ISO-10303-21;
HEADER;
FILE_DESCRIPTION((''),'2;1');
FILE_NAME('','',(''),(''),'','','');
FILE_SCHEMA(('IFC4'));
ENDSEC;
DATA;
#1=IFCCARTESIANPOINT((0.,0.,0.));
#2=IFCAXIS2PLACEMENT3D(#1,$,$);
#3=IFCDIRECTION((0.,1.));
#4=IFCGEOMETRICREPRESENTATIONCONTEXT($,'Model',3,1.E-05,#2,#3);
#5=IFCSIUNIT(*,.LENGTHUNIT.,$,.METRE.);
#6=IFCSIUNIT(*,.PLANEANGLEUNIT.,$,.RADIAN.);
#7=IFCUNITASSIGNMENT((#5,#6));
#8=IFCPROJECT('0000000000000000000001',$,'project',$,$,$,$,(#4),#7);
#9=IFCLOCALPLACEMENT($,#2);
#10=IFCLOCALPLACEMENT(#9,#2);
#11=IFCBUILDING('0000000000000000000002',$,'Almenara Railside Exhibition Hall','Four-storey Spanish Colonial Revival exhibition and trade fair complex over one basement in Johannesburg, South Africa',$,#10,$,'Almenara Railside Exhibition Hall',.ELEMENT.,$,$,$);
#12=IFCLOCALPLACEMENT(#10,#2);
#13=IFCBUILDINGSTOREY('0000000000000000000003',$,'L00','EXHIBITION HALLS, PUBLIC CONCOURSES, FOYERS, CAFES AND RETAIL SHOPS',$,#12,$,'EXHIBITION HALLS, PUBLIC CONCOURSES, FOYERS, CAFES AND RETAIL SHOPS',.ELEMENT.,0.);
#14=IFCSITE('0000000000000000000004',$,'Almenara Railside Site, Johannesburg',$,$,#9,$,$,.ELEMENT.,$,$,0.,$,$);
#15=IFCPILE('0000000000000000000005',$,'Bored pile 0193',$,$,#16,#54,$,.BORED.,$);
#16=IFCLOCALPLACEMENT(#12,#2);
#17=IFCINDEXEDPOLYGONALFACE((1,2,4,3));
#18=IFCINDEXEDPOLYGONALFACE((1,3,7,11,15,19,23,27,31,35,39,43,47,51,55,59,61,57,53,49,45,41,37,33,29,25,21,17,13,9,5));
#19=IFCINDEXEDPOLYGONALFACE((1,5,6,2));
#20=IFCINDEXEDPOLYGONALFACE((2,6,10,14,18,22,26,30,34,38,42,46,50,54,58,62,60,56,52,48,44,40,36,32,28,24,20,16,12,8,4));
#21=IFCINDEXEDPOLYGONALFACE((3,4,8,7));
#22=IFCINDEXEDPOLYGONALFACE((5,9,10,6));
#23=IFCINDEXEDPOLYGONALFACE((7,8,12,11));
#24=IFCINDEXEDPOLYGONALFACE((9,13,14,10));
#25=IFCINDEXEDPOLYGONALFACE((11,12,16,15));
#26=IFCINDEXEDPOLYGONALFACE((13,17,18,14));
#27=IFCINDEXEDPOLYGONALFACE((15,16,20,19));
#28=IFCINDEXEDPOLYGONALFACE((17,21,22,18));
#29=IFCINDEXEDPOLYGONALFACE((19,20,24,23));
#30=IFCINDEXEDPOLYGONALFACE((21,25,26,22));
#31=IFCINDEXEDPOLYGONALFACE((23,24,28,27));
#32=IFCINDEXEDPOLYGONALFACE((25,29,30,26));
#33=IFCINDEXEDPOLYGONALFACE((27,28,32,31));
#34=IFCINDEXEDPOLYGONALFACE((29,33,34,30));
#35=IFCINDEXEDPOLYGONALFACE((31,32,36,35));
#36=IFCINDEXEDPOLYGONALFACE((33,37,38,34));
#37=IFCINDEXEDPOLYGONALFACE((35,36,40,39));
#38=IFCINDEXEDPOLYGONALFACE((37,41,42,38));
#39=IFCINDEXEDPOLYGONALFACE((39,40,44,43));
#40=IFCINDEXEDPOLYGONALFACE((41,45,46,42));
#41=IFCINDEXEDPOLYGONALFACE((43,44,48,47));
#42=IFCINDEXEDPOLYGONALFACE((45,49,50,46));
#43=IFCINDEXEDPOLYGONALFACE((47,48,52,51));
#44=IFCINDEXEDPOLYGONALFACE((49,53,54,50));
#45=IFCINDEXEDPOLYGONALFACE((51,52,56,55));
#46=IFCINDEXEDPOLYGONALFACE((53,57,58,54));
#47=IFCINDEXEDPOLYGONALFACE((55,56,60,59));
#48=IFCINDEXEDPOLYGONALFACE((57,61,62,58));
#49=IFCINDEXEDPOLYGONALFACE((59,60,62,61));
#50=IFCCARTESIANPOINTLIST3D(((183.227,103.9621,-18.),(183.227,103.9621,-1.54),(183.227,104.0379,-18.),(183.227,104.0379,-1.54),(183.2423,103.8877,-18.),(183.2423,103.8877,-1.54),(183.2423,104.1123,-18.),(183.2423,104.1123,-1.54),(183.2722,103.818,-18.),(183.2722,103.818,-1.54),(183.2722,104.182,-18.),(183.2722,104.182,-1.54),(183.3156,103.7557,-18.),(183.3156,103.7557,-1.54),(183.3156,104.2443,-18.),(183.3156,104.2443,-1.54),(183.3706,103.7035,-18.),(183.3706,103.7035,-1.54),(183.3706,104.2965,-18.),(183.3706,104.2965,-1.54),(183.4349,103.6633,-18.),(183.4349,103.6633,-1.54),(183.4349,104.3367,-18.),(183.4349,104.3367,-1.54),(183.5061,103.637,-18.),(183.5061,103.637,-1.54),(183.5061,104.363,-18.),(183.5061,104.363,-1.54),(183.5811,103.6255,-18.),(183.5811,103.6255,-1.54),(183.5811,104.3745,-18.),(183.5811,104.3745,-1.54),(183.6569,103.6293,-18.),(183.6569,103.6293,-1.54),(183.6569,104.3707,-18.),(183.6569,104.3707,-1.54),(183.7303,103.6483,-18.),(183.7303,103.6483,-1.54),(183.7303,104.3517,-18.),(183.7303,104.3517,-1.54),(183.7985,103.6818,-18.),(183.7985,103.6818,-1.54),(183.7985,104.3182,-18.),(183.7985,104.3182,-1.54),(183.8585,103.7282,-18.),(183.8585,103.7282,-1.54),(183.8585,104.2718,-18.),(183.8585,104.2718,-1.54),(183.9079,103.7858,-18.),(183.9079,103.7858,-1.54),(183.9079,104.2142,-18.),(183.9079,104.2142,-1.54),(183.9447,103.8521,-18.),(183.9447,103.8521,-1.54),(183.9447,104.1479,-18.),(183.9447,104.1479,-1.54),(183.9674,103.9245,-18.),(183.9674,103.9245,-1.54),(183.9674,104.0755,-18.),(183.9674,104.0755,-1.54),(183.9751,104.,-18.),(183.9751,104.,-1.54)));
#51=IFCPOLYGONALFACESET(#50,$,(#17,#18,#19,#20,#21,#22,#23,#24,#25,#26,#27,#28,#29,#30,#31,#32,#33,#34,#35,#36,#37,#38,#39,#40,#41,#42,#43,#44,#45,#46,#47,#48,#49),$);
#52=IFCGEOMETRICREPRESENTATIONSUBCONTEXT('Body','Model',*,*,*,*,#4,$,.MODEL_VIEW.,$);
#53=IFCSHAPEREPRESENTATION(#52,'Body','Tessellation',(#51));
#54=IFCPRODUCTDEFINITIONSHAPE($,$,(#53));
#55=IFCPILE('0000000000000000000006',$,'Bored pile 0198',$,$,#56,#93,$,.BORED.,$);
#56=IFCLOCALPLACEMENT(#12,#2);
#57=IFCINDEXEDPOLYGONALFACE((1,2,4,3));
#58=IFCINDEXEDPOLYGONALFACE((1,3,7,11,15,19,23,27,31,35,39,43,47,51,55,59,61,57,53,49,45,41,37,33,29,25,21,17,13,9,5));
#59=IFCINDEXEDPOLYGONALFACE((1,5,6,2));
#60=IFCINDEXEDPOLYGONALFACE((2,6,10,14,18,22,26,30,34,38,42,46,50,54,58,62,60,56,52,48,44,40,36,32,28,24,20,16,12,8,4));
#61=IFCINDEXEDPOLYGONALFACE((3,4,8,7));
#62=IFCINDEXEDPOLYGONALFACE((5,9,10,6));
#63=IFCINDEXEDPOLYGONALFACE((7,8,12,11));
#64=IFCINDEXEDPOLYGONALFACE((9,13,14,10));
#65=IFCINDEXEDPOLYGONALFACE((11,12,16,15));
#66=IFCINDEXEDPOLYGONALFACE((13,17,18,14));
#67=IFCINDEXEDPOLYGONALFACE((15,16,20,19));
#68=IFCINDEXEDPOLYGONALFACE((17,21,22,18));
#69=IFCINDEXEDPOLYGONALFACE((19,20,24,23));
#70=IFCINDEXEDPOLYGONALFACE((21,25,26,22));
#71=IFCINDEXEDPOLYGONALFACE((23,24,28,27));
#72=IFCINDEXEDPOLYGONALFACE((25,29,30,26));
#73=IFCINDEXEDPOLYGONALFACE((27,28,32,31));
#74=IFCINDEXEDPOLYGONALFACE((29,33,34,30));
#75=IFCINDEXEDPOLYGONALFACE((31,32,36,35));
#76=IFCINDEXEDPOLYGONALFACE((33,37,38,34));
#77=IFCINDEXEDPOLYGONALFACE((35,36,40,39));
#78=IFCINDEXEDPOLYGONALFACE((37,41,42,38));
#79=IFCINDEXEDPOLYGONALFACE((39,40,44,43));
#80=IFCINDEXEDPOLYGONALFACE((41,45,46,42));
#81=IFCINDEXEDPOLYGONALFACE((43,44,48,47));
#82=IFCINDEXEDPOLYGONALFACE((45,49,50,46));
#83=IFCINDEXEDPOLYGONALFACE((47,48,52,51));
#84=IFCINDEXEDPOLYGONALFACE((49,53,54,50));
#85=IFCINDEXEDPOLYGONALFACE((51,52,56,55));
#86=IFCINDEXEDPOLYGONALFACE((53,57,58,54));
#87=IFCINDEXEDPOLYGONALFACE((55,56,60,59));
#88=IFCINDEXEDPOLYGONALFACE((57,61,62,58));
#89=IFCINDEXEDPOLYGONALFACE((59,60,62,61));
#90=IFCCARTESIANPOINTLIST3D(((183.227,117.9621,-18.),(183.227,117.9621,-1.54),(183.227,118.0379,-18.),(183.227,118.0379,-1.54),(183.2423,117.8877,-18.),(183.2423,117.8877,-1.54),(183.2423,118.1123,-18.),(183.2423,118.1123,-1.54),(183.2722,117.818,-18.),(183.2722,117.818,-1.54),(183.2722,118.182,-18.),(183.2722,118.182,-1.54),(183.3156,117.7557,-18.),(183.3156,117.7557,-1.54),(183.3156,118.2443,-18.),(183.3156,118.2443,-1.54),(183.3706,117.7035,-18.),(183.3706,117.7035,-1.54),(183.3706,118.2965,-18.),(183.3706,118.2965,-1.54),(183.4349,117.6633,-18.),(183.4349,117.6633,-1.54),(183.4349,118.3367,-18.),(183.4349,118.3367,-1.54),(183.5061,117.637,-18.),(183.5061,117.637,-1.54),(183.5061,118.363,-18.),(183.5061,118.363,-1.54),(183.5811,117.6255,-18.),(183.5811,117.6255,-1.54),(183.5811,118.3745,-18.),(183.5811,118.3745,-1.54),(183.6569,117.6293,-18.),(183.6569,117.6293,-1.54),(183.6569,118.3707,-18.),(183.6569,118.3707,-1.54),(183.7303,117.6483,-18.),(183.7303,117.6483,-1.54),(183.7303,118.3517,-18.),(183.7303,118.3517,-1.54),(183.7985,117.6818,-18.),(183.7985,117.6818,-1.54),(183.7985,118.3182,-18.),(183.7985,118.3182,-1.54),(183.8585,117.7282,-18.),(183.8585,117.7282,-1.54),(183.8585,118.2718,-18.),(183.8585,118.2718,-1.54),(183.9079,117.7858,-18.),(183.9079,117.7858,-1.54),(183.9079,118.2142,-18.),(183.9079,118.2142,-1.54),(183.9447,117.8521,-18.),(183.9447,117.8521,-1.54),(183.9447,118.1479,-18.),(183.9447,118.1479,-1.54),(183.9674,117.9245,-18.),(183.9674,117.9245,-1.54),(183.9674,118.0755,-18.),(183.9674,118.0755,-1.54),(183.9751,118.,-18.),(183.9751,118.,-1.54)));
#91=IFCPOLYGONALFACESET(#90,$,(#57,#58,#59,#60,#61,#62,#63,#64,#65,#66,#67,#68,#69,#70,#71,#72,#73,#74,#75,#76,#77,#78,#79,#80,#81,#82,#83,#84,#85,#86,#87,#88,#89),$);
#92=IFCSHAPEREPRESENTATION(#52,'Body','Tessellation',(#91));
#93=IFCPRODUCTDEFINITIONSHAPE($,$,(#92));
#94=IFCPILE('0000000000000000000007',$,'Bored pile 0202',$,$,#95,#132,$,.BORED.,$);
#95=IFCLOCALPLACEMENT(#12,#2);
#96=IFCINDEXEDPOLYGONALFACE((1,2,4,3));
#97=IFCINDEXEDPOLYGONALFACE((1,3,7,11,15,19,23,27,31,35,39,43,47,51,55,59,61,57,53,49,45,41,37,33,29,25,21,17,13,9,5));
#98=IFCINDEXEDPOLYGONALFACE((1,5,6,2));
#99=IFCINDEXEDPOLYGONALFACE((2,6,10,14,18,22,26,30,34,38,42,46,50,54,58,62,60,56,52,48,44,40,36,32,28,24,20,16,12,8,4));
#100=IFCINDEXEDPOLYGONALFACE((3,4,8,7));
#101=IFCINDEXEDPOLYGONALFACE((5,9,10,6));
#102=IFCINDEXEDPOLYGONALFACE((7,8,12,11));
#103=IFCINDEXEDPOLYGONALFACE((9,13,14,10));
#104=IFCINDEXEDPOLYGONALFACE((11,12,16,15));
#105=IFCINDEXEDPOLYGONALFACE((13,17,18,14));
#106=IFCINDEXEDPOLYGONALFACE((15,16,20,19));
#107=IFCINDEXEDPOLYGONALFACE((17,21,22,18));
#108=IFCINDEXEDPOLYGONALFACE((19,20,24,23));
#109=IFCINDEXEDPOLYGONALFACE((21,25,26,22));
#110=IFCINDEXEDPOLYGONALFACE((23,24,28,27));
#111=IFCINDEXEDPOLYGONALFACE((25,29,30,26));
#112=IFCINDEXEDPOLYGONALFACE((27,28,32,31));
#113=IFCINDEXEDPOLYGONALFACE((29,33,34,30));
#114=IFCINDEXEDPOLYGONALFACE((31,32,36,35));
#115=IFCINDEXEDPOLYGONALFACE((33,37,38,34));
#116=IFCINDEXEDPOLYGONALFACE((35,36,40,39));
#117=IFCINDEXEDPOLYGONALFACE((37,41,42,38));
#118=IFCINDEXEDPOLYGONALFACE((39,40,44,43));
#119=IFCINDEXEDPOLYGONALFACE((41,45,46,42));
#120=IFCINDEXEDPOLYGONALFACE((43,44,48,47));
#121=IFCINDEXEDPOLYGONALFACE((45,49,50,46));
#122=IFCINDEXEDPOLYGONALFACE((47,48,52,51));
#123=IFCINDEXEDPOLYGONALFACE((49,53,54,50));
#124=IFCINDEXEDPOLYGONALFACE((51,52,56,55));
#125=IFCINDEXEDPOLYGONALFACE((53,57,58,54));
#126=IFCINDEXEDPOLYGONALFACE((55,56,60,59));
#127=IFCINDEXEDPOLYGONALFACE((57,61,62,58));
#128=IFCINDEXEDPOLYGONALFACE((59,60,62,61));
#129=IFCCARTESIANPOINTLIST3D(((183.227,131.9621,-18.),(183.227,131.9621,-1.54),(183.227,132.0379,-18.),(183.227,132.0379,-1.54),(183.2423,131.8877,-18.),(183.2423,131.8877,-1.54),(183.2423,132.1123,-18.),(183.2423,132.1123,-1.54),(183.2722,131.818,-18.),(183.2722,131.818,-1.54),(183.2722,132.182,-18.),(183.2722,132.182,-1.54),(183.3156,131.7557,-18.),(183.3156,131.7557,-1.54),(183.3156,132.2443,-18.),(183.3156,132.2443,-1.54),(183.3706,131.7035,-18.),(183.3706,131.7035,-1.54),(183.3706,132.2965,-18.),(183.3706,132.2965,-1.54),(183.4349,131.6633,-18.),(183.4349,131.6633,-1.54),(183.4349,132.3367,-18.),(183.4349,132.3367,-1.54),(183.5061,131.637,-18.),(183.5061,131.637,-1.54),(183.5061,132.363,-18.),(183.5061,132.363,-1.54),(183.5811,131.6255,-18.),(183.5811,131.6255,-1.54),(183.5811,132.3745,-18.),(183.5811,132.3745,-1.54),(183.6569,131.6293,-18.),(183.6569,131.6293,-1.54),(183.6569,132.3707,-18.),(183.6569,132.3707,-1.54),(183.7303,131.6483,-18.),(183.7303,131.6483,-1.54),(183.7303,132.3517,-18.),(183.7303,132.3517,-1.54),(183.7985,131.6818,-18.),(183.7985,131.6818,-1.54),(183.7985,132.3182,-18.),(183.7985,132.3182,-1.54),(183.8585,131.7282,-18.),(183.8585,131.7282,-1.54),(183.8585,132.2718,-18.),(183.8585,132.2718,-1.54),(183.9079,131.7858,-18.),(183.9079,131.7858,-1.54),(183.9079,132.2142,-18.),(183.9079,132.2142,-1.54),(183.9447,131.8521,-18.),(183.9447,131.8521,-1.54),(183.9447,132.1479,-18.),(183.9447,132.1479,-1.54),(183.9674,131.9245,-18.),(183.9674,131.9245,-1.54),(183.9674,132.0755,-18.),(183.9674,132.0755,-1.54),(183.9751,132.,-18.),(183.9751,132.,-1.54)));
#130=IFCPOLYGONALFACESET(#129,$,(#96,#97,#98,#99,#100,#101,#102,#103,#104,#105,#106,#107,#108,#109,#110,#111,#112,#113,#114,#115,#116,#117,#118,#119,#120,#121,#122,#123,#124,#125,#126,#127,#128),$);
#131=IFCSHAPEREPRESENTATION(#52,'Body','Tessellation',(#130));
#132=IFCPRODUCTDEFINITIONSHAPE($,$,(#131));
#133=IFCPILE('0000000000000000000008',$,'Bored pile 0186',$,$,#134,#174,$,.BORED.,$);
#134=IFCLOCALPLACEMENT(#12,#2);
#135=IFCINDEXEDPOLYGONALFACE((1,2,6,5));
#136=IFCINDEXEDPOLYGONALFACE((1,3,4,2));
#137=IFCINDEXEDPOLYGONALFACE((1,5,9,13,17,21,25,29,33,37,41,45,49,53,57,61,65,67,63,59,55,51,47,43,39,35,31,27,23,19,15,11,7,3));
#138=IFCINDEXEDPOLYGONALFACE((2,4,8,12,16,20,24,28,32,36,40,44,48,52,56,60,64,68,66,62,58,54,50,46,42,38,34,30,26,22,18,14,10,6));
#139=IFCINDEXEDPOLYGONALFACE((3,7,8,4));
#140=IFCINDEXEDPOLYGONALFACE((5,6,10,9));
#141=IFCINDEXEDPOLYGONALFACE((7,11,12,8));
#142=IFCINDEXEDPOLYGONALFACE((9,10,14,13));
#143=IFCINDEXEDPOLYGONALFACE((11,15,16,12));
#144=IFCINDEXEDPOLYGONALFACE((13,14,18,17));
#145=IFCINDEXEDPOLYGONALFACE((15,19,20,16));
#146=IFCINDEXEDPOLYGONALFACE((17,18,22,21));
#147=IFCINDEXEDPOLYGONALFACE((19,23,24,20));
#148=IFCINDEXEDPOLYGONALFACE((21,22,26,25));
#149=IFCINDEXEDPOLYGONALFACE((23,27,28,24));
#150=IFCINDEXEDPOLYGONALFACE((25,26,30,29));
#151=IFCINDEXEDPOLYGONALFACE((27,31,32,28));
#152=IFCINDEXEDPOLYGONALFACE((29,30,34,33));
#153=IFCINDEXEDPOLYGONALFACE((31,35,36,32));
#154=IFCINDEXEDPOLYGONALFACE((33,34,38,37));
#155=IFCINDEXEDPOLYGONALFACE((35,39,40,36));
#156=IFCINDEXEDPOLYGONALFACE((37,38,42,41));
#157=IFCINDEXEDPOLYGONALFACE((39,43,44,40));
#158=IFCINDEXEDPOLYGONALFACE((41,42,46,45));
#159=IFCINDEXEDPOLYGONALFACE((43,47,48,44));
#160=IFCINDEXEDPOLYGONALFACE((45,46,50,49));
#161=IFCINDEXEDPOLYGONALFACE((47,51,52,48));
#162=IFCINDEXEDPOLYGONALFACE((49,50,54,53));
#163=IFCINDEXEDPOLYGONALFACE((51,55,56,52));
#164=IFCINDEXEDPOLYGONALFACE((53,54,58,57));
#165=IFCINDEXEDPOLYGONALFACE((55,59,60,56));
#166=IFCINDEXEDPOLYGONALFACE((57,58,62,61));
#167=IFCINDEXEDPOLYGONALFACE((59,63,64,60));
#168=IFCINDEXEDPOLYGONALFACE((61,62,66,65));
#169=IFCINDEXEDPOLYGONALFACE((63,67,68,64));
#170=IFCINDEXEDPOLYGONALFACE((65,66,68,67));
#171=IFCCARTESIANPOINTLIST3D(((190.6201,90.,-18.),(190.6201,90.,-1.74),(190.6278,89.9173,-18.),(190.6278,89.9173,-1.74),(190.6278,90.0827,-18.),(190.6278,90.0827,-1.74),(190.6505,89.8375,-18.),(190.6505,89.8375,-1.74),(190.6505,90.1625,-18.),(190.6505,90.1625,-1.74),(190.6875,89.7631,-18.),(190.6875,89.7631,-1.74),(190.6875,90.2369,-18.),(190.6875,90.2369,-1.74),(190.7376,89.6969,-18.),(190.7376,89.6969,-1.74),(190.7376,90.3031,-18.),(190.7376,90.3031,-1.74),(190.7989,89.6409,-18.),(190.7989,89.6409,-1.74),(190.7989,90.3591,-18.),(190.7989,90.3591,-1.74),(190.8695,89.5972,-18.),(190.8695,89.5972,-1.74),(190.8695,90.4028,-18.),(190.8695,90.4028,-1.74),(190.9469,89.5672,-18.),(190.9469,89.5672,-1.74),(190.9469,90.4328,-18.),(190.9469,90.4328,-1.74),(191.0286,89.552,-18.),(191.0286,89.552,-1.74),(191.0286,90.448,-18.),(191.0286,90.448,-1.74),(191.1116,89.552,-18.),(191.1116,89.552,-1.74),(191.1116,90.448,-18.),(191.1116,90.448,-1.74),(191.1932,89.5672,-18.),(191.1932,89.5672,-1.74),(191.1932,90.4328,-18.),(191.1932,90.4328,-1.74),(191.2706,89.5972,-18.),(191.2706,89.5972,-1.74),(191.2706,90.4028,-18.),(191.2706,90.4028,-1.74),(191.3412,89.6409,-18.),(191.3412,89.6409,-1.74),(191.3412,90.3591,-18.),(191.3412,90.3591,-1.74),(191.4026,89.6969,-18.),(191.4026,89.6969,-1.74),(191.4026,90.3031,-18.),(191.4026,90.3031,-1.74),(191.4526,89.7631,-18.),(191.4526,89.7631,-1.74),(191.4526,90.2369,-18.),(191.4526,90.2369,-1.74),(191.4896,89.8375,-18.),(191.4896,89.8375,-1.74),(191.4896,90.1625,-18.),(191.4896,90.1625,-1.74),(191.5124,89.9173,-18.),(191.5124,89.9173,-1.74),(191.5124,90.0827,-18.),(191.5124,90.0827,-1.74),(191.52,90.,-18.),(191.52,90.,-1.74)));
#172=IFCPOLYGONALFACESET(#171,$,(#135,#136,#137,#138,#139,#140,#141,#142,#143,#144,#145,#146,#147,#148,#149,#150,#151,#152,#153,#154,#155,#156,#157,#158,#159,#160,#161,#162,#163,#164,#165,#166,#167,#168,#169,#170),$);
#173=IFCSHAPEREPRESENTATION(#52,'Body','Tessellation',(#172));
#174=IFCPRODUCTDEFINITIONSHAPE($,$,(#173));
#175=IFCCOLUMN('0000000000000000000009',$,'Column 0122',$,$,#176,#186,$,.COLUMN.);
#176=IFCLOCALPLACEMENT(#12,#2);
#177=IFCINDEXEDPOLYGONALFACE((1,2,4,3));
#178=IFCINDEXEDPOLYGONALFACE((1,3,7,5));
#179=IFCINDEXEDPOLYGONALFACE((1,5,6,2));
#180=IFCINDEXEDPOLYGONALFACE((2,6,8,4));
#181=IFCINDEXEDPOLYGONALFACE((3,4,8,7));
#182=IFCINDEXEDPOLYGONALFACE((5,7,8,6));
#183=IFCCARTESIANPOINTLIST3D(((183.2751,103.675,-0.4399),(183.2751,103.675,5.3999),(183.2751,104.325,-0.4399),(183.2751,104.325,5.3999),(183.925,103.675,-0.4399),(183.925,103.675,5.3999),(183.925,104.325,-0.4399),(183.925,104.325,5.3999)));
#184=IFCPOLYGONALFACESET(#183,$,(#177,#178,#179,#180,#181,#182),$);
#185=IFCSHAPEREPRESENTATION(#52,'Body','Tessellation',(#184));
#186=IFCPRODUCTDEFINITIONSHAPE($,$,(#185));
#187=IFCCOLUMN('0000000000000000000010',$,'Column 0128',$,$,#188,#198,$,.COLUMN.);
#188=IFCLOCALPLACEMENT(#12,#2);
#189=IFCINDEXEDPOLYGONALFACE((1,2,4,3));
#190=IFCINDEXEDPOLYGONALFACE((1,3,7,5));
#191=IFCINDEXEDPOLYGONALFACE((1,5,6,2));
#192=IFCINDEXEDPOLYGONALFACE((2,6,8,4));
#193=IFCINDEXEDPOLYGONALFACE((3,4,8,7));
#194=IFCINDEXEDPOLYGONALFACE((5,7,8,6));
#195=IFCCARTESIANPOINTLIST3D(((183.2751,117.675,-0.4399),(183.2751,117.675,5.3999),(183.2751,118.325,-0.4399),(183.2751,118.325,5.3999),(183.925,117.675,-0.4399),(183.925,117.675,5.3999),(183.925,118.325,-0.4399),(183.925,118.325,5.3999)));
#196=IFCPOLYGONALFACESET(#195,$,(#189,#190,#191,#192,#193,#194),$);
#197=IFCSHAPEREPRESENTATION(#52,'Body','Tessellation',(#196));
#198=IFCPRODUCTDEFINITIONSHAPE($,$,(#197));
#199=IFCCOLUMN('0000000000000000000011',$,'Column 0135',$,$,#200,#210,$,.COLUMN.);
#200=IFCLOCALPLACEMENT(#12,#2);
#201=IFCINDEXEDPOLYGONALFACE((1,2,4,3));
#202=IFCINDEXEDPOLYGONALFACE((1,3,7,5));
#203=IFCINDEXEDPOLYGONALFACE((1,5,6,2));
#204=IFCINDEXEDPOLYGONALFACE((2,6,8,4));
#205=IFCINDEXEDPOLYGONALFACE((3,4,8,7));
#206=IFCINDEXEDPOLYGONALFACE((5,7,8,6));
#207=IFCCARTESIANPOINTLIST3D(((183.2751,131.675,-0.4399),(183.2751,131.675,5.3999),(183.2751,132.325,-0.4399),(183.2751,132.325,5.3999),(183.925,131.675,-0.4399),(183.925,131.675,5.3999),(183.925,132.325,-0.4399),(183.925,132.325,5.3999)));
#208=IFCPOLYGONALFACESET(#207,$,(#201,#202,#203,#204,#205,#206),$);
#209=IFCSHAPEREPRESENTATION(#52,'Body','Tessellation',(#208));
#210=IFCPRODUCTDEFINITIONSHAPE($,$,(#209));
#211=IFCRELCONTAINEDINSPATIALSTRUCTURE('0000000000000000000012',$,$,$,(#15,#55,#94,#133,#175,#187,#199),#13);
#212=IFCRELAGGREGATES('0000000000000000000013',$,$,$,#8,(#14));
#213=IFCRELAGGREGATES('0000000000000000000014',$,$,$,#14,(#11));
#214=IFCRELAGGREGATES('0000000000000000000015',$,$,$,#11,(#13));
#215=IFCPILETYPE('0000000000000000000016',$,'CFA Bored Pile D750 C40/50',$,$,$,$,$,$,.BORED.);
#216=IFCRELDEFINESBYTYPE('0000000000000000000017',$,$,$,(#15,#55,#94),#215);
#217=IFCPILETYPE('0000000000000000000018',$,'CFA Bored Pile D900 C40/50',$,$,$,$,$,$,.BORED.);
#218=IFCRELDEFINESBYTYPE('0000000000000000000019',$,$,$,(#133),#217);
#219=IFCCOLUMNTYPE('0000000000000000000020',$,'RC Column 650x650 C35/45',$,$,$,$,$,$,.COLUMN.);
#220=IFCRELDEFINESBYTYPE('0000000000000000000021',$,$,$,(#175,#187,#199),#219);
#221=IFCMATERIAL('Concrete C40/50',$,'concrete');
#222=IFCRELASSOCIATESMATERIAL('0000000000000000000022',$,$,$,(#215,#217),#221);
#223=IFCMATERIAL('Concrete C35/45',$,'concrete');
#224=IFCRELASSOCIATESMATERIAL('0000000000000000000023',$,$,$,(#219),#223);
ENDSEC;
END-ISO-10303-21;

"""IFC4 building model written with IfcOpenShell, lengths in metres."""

from ifc_helpers import new_model, si_unit, direction, frame, origin, origin_2d, place, context, subcontext, project, spatial, rectangle, circle, extrude, material, material_profile, profile_set, type_object, element, save


model = new_model("IFC4")

# Units and contexts
model_context = context("Model", 3, precision=1e-05, world=origin(), true_north=direction((0.0, 1.0)))
body_context = subcontext(model_context, "Body", "Model", "MODEL_VIEW")
ifc_project = project(units=[si_unit("LENGTHUNIT", "METRE"), si_unit("PLANEANGLEUNIT", "RADIAN")], contexts=[model_context])

# Site, building, storey
site_placement = place(None, origin())
site = spatial("IfcSite", under=ifc_project, at=site_placement, Name="Almenara Railside Site, Johannesburg", CompositionType="ELEMENT", RefElevation=0.0)
building_placement = place(site_placement, origin())
building = spatial("IfcBuilding", under=site, at=building_placement, Name="Almenara Railside Exhibition Hall", Description="Four-storey Spanish Colonial Revival exhibition and trade fair complex over one basement in Johannesburg, South Africa", LongName="Almenara Railside Exhibition Hall", CompositionType="ELEMENT")
storey_placement = place(building_placement, origin())
storey = spatial("IfcBuildingStorey", under=building, at=storey_placement, Name="L00", Description="EXHIBITION HALLS, PUBLIC CONCOURSES, FOYERS, CAFES AND RETAIL SHOPS", LongName="EXHIBITION HALLS, PUBLIC CONCOURSES, FOYERS, CAFES AND RETAIL SHOPS", CompositionType="ELEMENT", Elevation=0.0)

# Piles
ifc_material_1 = material(Name="Concrete C40/50", Category="concrete")
ifc_material_profile_1 = material_profile(ifc_material_1, circle(Radius=0.375, at=origin_2d()), Name="CFA-PILE D750")
ifc_profile_set_1 = profile_set([ifc_material_profile_1], Name="Concrete C40/50")
pile_type_1 = type_object("IfcPileType", Name="CFA Bored Pile D750 C40/50", PredefinedType="BORED", material=ifc_profile_set_1)
for number, where, z_axis, x_axis, name in (
    (1, (183.6001, 104.0, -1.54), (0.0, 0.0, -1.0), (1.0, 0.0, 0.0), "Bored pile 0193"),
    (2, (183.6001, 118.0, -1.54), (0.0, 0.0, -1.0), (1.0, 0.0, 0.0), "Bored pile 0198"),
    (3, (183.6001, 132.0, -1.54), (0.0, 0.0, -1.0), (1.0, 0.0, 0.0), "Bored pile 0202"),
):
    element("IfcPile", number, at=place(storey_placement, frame(where, z_axis=z_axis, x_axis=x_axis)), inside=storey, type_object=pile_type_1, Name=name, PredefinedType="BORED", context=body_context, shape_type="SweptSolid", body=[
        extrude(circle(Radius=0.375, at=origin_2d()), origin(), (0.0, 0.0, 1.0), 16.46),
    ])
ifc_material_profile_2 = material_profile(ifc_material_1, circle(Radius=0.45, at=origin_2d()), Name="CFA-PILE D900")
ifc_profile_set_2 = profile_set([ifc_material_profile_2], Name="Concrete C40/50")
pile_type_2 = type_object("IfcPileType", Name="CFA Bored Pile D900 C40/50", PredefinedType="BORED", material=ifc_profile_set_2)
pile_placement = place(storey_placement, frame((191.0701, 90.0, -1.74), z_axis=(0.0, 0.0, -1.0), x_axis=(1.0, 0.0, 0.0)))
element("IfcPile", 4, at=pile_placement, inside=storey, type_object=pile_type_2, Name="Bored pile 0186", PredefinedType="BORED", context=body_context, shape_type="SweptSolid", body=[
    extrude(circle(Radius=0.45, at=origin_2d()), origin(), (0.0, 0.0, 1.0), 16.26),
])

# Columns
ifc_material_2 = material(Name="Concrete C35/45", Category="concrete")
ifc_material_profile_3 = material_profile(ifc_material_2, rectangle(XDim=0.6499, YDim=0.6499, at=origin_2d()), Name="RC 650x650")
ifc_profile_set_3 = profile_set([ifc_material_profile_3], Name="Concrete C35/45")
column_type = type_object("IfcColumnType", Name="RC Column 650x650 C35/45", PredefinedType="COLUMN", material=ifc_profile_set_3)
for number, where, z_axis, x_axis, name in (
    (5, (183.6001, 104.0, -0.4399), (0.0, 0.0, 1.0), (1.0, 0.0, 0.0), "Column 0122"),
    (6, (183.6001, 118.0, -0.4399), (0.0, 0.0, 1.0), (1.0, 0.0, 0.0), "Column 0128"),
    (7, (183.6001, 132.0, -0.4399), (0.0, 0.0, 1.0), (1.0, 0.0, 0.0), "Column 0135"),
):
    element("IfcColumn", number, at=place(storey_placement, frame(where, z_axis=z_axis, x_axis=x_axis)), inside=storey, type_object=column_type, Name=name, PredefinedType="COLUMN", context=body_context, shape_type="SweptSolid", body=[
        extrude(rectangle(XDim=0.6499, YDim=0.6499, at=origin_2d()), origin(), (0.0, 0.0, 1.0), 5.8398),
    ])

save(model, "model.ifc")
